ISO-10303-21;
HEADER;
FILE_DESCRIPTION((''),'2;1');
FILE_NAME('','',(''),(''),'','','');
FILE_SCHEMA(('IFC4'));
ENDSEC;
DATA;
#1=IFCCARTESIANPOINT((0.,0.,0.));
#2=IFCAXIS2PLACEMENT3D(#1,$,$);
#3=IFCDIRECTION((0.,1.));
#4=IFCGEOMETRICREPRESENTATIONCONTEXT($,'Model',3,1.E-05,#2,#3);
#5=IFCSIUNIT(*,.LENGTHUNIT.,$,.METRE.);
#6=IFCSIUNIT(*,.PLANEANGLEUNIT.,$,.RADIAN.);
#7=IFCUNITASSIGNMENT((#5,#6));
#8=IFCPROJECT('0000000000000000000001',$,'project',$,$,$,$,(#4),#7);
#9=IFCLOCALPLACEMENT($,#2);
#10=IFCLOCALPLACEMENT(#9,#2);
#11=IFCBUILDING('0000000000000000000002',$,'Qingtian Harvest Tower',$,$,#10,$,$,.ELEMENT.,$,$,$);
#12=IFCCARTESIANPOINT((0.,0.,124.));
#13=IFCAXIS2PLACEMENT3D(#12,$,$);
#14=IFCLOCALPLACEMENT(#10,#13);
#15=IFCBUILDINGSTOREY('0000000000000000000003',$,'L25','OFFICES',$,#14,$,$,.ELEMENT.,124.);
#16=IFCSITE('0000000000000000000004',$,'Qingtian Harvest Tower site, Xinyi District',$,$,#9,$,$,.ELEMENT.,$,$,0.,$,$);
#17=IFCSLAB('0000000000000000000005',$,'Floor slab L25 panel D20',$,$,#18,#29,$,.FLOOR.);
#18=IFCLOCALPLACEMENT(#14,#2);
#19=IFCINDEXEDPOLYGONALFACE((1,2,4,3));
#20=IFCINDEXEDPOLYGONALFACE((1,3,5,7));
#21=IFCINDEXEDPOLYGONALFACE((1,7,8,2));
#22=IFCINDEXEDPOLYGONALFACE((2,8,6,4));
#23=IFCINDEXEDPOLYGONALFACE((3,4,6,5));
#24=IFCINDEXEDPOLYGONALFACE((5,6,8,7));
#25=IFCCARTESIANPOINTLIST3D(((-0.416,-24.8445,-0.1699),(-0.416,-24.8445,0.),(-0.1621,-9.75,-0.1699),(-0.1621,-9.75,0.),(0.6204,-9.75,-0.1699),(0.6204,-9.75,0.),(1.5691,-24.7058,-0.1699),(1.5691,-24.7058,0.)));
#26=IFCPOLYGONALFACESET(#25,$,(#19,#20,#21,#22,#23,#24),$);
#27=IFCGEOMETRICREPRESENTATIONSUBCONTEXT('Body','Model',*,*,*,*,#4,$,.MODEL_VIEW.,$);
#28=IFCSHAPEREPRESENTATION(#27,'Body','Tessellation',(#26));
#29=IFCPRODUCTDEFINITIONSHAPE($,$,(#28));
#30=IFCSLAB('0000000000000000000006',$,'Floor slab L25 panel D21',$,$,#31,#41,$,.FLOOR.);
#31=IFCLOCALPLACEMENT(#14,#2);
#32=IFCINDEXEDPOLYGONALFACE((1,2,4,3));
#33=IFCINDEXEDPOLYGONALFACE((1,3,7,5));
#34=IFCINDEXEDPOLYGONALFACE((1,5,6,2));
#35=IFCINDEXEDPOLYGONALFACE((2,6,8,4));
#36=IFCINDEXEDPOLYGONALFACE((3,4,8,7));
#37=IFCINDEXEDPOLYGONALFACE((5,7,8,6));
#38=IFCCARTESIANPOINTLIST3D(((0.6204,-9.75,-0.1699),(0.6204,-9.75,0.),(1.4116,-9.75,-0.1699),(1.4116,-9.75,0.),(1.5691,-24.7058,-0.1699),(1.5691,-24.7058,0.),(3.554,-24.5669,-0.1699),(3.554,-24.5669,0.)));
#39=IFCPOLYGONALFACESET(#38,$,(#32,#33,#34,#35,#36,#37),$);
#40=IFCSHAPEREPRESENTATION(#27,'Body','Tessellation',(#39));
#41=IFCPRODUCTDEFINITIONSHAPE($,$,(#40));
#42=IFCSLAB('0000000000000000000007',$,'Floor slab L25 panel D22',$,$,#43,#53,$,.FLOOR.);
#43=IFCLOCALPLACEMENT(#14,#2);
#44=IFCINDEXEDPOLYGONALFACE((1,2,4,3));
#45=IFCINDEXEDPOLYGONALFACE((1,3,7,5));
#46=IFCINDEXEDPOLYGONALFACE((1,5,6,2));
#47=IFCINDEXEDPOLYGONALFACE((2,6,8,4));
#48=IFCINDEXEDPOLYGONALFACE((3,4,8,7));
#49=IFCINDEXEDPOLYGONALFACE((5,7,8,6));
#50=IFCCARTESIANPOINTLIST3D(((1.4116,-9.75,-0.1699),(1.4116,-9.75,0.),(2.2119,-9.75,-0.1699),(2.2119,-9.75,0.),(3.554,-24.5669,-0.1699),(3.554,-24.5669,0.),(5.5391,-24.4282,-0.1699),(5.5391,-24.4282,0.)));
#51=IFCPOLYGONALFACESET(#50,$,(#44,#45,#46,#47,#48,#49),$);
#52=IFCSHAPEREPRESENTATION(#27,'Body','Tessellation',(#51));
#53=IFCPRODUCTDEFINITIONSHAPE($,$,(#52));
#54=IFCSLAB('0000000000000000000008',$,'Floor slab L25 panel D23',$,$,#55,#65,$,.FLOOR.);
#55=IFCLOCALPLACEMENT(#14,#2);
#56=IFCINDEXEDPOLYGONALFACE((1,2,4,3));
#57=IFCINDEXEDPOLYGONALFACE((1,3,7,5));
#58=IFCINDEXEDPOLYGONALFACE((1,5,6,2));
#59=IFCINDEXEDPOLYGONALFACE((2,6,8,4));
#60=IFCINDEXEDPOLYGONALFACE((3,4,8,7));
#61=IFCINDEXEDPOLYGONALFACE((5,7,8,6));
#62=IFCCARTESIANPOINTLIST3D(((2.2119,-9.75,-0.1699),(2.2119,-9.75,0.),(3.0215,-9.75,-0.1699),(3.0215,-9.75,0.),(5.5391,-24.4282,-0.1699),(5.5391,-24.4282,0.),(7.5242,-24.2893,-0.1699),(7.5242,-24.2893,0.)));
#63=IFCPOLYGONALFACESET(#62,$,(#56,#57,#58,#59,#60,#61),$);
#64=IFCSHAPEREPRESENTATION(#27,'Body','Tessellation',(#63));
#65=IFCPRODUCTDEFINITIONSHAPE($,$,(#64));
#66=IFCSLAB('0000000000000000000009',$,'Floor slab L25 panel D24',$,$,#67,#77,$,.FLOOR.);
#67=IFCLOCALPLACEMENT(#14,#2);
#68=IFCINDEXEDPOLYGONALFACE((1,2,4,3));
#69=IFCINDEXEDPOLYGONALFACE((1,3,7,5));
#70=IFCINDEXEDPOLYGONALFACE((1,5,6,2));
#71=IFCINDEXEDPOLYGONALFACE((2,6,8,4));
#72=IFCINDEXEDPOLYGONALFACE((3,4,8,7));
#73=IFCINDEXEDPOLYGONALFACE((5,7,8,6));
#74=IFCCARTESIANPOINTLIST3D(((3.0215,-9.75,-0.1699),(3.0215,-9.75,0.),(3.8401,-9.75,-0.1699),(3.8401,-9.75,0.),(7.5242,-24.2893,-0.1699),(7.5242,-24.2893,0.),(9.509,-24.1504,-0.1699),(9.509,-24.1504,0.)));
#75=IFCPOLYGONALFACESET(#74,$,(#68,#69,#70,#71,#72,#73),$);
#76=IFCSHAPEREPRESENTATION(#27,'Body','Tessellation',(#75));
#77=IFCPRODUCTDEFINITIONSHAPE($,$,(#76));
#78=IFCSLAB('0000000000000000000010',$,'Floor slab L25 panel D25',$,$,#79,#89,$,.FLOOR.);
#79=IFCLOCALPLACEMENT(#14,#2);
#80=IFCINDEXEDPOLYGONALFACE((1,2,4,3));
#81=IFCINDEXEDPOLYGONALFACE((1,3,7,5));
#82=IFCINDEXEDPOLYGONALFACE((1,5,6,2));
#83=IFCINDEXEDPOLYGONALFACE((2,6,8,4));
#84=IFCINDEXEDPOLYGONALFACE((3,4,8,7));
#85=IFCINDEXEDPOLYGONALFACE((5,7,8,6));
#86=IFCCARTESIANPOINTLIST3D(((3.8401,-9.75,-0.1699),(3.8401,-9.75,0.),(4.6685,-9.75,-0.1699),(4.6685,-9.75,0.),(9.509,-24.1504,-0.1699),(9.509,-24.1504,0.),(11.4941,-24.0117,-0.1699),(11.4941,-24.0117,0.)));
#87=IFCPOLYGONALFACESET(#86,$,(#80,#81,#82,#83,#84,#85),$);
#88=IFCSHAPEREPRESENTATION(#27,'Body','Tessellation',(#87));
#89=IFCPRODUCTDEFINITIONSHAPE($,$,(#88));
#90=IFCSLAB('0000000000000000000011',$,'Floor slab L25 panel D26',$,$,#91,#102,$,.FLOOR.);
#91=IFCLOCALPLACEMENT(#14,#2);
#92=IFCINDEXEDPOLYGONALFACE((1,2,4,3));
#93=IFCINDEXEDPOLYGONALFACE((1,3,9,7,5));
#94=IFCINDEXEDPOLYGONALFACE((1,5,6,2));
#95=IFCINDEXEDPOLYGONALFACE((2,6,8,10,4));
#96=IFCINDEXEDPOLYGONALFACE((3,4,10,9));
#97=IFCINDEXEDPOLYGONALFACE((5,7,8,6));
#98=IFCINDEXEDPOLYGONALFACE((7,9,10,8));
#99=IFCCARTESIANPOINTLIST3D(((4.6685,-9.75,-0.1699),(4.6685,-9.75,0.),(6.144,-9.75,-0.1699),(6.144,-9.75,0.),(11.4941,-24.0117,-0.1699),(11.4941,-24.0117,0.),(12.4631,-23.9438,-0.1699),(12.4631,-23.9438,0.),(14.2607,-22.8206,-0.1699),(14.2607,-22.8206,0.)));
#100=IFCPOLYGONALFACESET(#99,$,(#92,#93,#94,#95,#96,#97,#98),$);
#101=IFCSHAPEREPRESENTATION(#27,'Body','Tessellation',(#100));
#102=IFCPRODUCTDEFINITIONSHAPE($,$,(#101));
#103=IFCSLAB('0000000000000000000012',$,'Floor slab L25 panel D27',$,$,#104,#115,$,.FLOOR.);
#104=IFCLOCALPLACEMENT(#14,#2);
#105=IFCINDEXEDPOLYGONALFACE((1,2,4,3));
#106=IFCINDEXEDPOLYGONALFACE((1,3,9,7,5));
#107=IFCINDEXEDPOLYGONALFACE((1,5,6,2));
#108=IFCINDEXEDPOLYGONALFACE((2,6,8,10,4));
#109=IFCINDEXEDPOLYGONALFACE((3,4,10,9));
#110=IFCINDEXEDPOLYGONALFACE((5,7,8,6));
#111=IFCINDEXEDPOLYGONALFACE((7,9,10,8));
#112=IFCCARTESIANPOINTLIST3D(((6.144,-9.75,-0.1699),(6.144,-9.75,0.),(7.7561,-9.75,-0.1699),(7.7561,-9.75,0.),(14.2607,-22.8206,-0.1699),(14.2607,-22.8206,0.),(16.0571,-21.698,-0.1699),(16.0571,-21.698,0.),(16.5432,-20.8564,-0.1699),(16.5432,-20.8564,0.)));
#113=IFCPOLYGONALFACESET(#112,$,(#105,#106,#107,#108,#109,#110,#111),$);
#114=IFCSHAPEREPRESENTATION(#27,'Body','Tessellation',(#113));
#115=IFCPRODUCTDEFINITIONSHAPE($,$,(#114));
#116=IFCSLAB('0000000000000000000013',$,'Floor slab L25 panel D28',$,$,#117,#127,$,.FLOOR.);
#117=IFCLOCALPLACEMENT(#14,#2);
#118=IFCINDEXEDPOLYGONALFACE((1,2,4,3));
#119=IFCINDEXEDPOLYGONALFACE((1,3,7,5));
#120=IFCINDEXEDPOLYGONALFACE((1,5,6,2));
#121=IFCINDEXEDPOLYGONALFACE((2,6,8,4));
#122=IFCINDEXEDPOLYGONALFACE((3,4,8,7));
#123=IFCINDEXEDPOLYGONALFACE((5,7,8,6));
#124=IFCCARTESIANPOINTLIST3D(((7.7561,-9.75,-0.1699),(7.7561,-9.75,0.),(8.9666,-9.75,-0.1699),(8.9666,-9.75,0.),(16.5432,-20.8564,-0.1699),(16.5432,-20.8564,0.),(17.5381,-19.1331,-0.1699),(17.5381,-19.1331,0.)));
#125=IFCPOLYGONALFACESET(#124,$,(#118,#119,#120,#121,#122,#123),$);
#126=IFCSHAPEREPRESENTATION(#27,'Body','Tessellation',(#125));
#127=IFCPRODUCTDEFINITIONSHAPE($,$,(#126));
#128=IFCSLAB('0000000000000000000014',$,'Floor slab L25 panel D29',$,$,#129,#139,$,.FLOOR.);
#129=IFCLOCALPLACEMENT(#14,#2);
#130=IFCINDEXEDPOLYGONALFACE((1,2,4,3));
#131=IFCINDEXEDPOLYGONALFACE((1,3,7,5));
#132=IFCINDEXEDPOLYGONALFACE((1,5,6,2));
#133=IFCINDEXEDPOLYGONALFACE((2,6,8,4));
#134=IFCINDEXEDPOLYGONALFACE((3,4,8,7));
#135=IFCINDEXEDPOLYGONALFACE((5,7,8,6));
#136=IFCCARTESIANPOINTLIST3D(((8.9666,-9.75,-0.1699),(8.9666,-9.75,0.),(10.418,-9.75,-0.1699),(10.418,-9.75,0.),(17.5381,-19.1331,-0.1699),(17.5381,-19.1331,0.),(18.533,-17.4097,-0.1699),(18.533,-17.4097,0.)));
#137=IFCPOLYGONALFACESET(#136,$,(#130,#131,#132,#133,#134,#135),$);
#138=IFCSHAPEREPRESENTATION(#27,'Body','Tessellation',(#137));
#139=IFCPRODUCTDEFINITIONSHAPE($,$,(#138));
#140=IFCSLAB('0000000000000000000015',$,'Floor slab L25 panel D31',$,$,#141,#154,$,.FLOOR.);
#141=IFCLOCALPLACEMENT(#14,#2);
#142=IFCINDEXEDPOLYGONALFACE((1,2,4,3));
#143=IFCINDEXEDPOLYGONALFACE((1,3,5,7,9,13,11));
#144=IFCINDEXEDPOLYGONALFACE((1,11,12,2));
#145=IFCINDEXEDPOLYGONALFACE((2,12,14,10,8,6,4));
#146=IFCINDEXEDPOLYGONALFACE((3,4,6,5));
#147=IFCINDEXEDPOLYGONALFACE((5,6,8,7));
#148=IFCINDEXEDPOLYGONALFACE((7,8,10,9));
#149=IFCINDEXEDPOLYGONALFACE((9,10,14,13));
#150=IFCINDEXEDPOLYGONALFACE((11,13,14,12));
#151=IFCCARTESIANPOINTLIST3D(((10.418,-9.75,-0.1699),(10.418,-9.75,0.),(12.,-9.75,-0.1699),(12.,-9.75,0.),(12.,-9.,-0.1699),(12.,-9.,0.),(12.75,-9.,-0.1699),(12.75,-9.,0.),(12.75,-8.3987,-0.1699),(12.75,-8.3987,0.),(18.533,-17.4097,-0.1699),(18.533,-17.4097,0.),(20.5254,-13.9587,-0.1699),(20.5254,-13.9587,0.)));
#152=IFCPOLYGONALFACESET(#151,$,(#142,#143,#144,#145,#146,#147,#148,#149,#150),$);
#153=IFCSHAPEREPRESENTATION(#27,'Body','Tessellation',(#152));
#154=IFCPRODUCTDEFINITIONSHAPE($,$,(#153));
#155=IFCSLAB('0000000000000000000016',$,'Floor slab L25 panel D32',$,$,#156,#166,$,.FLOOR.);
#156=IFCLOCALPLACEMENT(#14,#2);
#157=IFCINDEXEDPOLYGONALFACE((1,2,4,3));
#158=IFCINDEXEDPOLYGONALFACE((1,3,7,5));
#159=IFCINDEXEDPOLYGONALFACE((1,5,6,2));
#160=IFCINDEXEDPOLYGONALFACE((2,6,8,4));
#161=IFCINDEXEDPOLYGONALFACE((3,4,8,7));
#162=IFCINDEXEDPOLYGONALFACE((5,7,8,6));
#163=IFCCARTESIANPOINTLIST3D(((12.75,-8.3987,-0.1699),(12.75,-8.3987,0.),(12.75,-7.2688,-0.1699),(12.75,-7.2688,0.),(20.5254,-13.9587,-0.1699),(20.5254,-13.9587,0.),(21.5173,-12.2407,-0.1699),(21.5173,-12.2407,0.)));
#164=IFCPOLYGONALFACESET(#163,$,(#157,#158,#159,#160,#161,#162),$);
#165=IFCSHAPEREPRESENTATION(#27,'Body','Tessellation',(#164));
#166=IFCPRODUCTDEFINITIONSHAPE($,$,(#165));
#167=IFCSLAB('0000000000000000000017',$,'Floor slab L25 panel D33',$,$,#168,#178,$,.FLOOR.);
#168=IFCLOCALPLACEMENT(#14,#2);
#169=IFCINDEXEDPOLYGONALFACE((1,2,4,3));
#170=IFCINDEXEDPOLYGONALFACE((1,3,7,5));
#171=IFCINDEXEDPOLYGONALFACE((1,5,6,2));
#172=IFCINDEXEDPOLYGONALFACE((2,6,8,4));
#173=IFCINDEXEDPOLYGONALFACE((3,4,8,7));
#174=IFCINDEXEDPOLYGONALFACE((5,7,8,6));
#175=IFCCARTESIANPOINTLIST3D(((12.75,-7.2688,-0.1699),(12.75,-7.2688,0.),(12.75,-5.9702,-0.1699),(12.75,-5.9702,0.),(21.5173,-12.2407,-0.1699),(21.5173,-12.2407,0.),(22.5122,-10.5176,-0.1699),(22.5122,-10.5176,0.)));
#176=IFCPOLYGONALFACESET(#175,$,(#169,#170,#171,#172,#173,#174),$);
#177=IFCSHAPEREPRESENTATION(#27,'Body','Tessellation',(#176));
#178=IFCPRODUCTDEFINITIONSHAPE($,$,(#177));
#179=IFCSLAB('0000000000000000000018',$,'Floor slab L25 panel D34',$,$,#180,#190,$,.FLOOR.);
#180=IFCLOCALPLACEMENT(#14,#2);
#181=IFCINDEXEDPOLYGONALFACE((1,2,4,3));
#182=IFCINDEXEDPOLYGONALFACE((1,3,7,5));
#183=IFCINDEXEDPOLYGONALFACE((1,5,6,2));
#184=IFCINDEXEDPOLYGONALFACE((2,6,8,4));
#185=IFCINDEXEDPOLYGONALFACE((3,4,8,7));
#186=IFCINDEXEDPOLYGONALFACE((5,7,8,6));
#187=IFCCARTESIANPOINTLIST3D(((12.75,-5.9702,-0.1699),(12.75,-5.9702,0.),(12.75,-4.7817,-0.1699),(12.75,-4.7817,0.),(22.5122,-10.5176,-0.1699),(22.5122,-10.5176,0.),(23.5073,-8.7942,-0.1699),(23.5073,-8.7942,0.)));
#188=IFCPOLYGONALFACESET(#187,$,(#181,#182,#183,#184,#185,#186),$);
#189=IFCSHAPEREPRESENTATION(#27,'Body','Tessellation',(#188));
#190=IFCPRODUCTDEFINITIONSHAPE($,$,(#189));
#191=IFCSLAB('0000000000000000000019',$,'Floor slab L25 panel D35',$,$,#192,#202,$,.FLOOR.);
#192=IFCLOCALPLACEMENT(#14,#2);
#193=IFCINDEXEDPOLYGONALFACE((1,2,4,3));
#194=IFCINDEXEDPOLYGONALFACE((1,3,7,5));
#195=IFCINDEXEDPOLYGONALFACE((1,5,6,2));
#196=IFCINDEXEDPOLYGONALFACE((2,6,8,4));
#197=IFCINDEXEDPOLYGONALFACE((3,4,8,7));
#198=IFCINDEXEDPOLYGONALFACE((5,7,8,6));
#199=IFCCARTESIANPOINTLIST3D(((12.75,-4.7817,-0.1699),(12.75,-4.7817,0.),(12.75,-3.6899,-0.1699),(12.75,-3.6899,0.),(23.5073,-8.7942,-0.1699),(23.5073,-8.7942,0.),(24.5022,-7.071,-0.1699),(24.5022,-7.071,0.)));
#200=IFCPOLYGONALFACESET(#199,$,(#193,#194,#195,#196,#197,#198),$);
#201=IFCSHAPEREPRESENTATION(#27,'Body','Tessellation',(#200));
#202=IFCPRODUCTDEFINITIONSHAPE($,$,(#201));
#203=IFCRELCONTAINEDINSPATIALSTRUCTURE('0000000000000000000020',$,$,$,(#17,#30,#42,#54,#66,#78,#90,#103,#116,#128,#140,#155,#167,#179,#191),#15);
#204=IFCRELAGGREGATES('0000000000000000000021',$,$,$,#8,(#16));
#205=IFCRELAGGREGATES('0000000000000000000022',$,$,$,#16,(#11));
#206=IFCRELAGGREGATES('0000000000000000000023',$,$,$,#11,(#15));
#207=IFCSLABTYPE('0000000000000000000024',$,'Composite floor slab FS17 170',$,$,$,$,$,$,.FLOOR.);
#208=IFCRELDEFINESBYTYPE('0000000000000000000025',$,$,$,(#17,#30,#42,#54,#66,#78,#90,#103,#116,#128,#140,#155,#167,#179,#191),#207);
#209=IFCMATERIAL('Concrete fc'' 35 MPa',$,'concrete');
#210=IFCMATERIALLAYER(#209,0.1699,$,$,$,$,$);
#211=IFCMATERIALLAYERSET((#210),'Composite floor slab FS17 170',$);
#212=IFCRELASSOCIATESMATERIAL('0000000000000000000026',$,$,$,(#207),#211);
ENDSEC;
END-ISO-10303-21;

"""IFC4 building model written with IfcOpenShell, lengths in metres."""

from ifc_helpers import new_model, si_unit, direction, frame, origin, place, context, subcontext, project, spatial, polyline, outline, extrude, material, layer, layer_set, type_object, element, save


model = new_model("IFC4")

# Units and contexts
model_context = context("Model", 3, precision=1e-05, world=origin(), true_north=direction((0.0, 1.0)))
body_context = subcontext(model_context, "Body", "Model", "MODEL_VIEW")
ifc_project = project(units=[si_unit("LENGTHUNIT", "METRE"), si_unit("PLANEANGLEUNIT", "RADIAN")], contexts=[model_context])

# Site, building, storey
site_placement = place(None, origin())
site = spatial("IfcSite", under=ifc_project, at=site_placement, Name="Qingtian Harvest Tower site, Xinyi District", CompositionType="ELEMENT", RefElevation=0.0)
building_placement = place(site_placement, origin())
building = spatial("IfcBuilding", under=site, at=building_placement, Name="Qingtian Harvest Tower", CompositionType="ELEMENT")
storey_placement = place(building_placement, frame((0.0, 0.0, 124.0)))
storey = spatial("IfcBuildingStorey", under=building, at=storey_placement, Name="L25", Description="OFFICES", CompositionType="ELEMENT", Elevation=124.0)

# Slabs
ifc_material = material(Name="Concrete fc' 35 MPa", Category="concrete")
ifc_layer = layer(ifc_material, 0.1699)
ifc_layer_set = layer_set([ifc_layer], Name="Composite floor slab FS17 170")
slab_type = type_object("IfcSlabType", Name="Composite floor slab FS17 170", PredefinedType="FLOOR", material=ifc_layer_set)
slab_1_placement = place(storey_placement, frame((0.0, 0.0, -0.1699)))
element("IfcSlab", 1, at=slab_1_placement, inside=storey, type_object=slab_type, Name="Floor slab L25 panel D20", PredefinedType="FLOOR", context=body_context, shape_type="SweptSolid", body=[
    extrude(outline(polyline([(0.6204, -9.75), (1.5691, -24.7058), (-0.416, -24.8445), (-0.1621, -9.75), (0.6204, -9.75)])), origin(), (0.0, 0.0, 1.0), 0.1699),
])
slab_2_placement = place(storey_placement, frame((0.0, 0.0, -0.1699)))
element("IfcSlab", 2, at=slab_2_placement, inside=storey, type_object=slab_type, Name="Floor slab L25 panel D21", PredefinedType="FLOOR", context=body_context, shape_type="SweptSolid", body=[
    extrude(outline(polyline([(1.4116, -9.75), (3.554, -24.5669), (1.5691, -24.7058), (0.6204, -9.75), (1.4116, -9.75)])), origin(), (0.0, 0.0, 1.0), 0.1699),
])
slab_3_placement = place(storey_placement, frame((0.0, 0.0, -0.1699)))
element("IfcSlab", 3, at=slab_3_placement, inside=storey, type_object=slab_type, Name="Floor slab L25 panel D22", PredefinedType="FLOOR", context=body_context, shape_type="SweptSolid", body=[
    extrude(outline(polyline([(2.2119, -9.75), (5.5391, -24.4282), (3.554, -24.5669), (1.4116, -9.75), (2.2119, -9.75)])), origin(), (0.0, 0.0, 1.0), 0.1699),
])
slab_4_placement = place(storey_placement, frame((0.0, 0.0, -0.1699)))
element("IfcSlab", 4, at=slab_4_placement, inside=storey, type_object=slab_type, Name="Floor slab L25 panel D23", PredefinedType="FLOOR", context=body_context, shape_type="SweptSolid", body=[
    extrude(outline(polyline([(3.0215, -9.75), (7.5242, -24.2893), (5.5391, -24.4282), (2.2119, -9.75), (3.0215, -9.75)])), origin(), (0.0, 0.0, 1.0), 0.1699),
])
slab_5_placement = place(storey_placement, frame((0.0, 0.0, -0.1699)))
element("IfcSlab", 5, at=slab_5_placement, inside=storey, type_object=slab_type, Name="Floor slab L25 panel D24", PredefinedType="FLOOR", context=body_context, shape_type="SweptSolid", body=[
    extrude(outline(polyline([(3.8401, -9.75), (9.509, -24.1504), (7.5242, -24.2893), (3.0215, -9.75), (3.8401, -9.75)])), origin(), (0.0, 0.0, 1.0), 0.1699),
])
slab_6_placement = place(storey_placement, frame((0.0, 0.0, -0.1699)))
element("IfcSlab", 6, at=slab_6_placement, inside=storey, type_object=slab_type, Name="Floor slab L25 panel D25", PredefinedType="FLOOR", context=body_context, shape_type="SweptSolid", body=[
    extrude(outline(polyline([(4.6685, -9.75), (11.4941, -24.0117), (9.509, -24.1504), (3.8401, -9.75), (4.6685, -9.75)])), origin(), (0.0, 0.0, 1.0), 0.1699),
])
slab_7_placement = place(storey_placement, frame((0.0, 0.0, -0.1699)))
element("IfcSlab", 7, at=slab_7_placement, inside=storey, type_object=slab_type, Name="Floor slab L25 panel D26", PredefinedType="FLOOR", context=body_context, shape_type="SweptSolid", body=[
    extrude(outline(polyline([(4.6685, -9.75), (6.144, -9.75), (14.2607, -22.8206), (12.4631, -23.9438), (11.4941, -24.0117), (4.6685, -9.75)])), origin(), (0.0, 0.0, 1.0), 0.1699),
])
slab_8_placement = place(storey_placement, frame((0.0, 0.0, -0.1699)))
element("IfcSlab", 8, at=slab_8_placement, inside=storey, type_object=slab_type, Name="Floor slab L25 panel D27", PredefinedType="FLOOR", context=body_context, shape_type="SweptSolid", body=[
    extrude(outline(polyline([(6.144, -9.75), (7.7561, -9.75), (16.5432, -20.8564), (16.0571, -21.698), (14.2607, -22.8206), (6.144, -9.75)])), origin(), (0.0, 0.0, 1.0), 0.1699),
])
slab_9_placement = place(storey_placement, frame((0.0, 0.0, -0.1699)))
element("IfcSlab", 9, at=slab_9_placement, inside=storey, type_object=slab_type, Name="Floor slab L25 panel D28", PredefinedType="FLOOR", context=body_context, shape_type="SweptSolid", body=[
    extrude(outline(polyline([(8.9666, -9.75), (17.5381, -19.1331), (16.5432, -20.8564), (7.7561, -9.75), (8.9666, -9.75)])), origin(), (0.0, 0.0, 1.0), 0.1699),
])
slab_10_placement = place(storey_placement, frame((0.0, 0.0, -0.1699)))
element("IfcSlab", 10, at=slab_10_placement, inside=storey, type_object=slab_type, Name="Floor slab L25 panel D29", PredefinedType="FLOOR", context=body_context, shape_type="SweptSolid", body=[
    extrude(outline(polyline([(10.418, -9.75), (18.533, -17.4097), (17.5381, -19.1331), (8.9666, -9.75), (10.418, -9.75)])), origin(), (0.0, 0.0, 1.0), 0.1699),
])
slab_11_placement = place(storey_placement, frame((0.0, 0.0, -0.1699)))
element("IfcSlab", 11, at=slab_11_placement, inside=storey, type_object=slab_type, Name="Floor slab L25 panel D31", PredefinedType="FLOOR", context=body_context, shape_type="SweptSolid", body=[
    extrude(outline(polyline([(12.75, -8.3987), (20.5254, -13.9587), (18.533, -17.4097), (10.418, -9.75), (12.0, -9.75), (12.0, -9.0), (12.75, -9.0), (12.75, -8.3987)])), origin(), (0.0, 0.0, 1.0), 0.1699),
])
slab_12_placement = place(storey_placement, frame((0.0, 0.0, -0.1699)))
element("IfcSlab", 12, at=slab_12_placement, inside=storey, type_object=slab_type, Name="Floor slab L25 panel D32", PredefinedType="FLOOR", context=body_context, shape_type="SweptSolid", body=[
    extrude(outline(polyline([(12.75, -7.2688), (21.5173, -12.2407), (20.5254, -13.9587), (12.75, -8.3987), (12.75, -7.2688)])), origin(), (0.0, 0.0, 1.0), 0.1699),
])
slab_13_placement = place(storey_placement, frame((0.0, 0.0, -0.1699)))
element("IfcSlab", 13, at=slab_13_placement, inside=storey, type_object=slab_type, Name="Floor slab L25 panel D33", PredefinedType="FLOOR", context=body_context, shape_type="SweptSolid", body=[
    extrude(outline(polyline([(12.75, -5.9702), (22.5122, -10.5176), (21.5173, -12.2407), (12.75, -7.2688), (12.75, -5.9702)])), origin(), (0.0, 0.0, 1.0), 0.1699),
])
slab_14_placement = place(storey_placement, frame((0.0, 0.0, -0.1699)))
element("IfcSlab", 14, at=slab_14_placement, inside=storey, type_object=slab_type, Name="Floor slab L25 panel D34", PredefinedType="FLOOR", context=body_context, shape_type="SweptSolid", body=[
    extrude(outline(polyline([(12.75, -4.7817), (23.5073, -8.7942), (22.5122, -10.5176), (12.75, -5.9702), (12.75, -4.7817)])), origin(), (0.0, 0.0, 1.0), 0.1699),
])
slab_15_placement = place(storey_placement, frame((0.0, 0.0, -0.1699)))
element("IfcSlab", 15, at=slab_15_placement, inside=storey, type_object=slab_type, Name="Floor slab L25 panel D35", PredefinedType="FLOOR", context=body_context, shape_type="SweptSolid", body=[
    extrude(outline(polyline([(12.75, -3.6899), (24.5022, -7.071), (23.5073, -8.7942), (12.75, -4.7817), (12.75, -3.6899)])), origin(), (0.0, 0.0, 1.0), 0.1699),
])

save(model, "model.ifc")
